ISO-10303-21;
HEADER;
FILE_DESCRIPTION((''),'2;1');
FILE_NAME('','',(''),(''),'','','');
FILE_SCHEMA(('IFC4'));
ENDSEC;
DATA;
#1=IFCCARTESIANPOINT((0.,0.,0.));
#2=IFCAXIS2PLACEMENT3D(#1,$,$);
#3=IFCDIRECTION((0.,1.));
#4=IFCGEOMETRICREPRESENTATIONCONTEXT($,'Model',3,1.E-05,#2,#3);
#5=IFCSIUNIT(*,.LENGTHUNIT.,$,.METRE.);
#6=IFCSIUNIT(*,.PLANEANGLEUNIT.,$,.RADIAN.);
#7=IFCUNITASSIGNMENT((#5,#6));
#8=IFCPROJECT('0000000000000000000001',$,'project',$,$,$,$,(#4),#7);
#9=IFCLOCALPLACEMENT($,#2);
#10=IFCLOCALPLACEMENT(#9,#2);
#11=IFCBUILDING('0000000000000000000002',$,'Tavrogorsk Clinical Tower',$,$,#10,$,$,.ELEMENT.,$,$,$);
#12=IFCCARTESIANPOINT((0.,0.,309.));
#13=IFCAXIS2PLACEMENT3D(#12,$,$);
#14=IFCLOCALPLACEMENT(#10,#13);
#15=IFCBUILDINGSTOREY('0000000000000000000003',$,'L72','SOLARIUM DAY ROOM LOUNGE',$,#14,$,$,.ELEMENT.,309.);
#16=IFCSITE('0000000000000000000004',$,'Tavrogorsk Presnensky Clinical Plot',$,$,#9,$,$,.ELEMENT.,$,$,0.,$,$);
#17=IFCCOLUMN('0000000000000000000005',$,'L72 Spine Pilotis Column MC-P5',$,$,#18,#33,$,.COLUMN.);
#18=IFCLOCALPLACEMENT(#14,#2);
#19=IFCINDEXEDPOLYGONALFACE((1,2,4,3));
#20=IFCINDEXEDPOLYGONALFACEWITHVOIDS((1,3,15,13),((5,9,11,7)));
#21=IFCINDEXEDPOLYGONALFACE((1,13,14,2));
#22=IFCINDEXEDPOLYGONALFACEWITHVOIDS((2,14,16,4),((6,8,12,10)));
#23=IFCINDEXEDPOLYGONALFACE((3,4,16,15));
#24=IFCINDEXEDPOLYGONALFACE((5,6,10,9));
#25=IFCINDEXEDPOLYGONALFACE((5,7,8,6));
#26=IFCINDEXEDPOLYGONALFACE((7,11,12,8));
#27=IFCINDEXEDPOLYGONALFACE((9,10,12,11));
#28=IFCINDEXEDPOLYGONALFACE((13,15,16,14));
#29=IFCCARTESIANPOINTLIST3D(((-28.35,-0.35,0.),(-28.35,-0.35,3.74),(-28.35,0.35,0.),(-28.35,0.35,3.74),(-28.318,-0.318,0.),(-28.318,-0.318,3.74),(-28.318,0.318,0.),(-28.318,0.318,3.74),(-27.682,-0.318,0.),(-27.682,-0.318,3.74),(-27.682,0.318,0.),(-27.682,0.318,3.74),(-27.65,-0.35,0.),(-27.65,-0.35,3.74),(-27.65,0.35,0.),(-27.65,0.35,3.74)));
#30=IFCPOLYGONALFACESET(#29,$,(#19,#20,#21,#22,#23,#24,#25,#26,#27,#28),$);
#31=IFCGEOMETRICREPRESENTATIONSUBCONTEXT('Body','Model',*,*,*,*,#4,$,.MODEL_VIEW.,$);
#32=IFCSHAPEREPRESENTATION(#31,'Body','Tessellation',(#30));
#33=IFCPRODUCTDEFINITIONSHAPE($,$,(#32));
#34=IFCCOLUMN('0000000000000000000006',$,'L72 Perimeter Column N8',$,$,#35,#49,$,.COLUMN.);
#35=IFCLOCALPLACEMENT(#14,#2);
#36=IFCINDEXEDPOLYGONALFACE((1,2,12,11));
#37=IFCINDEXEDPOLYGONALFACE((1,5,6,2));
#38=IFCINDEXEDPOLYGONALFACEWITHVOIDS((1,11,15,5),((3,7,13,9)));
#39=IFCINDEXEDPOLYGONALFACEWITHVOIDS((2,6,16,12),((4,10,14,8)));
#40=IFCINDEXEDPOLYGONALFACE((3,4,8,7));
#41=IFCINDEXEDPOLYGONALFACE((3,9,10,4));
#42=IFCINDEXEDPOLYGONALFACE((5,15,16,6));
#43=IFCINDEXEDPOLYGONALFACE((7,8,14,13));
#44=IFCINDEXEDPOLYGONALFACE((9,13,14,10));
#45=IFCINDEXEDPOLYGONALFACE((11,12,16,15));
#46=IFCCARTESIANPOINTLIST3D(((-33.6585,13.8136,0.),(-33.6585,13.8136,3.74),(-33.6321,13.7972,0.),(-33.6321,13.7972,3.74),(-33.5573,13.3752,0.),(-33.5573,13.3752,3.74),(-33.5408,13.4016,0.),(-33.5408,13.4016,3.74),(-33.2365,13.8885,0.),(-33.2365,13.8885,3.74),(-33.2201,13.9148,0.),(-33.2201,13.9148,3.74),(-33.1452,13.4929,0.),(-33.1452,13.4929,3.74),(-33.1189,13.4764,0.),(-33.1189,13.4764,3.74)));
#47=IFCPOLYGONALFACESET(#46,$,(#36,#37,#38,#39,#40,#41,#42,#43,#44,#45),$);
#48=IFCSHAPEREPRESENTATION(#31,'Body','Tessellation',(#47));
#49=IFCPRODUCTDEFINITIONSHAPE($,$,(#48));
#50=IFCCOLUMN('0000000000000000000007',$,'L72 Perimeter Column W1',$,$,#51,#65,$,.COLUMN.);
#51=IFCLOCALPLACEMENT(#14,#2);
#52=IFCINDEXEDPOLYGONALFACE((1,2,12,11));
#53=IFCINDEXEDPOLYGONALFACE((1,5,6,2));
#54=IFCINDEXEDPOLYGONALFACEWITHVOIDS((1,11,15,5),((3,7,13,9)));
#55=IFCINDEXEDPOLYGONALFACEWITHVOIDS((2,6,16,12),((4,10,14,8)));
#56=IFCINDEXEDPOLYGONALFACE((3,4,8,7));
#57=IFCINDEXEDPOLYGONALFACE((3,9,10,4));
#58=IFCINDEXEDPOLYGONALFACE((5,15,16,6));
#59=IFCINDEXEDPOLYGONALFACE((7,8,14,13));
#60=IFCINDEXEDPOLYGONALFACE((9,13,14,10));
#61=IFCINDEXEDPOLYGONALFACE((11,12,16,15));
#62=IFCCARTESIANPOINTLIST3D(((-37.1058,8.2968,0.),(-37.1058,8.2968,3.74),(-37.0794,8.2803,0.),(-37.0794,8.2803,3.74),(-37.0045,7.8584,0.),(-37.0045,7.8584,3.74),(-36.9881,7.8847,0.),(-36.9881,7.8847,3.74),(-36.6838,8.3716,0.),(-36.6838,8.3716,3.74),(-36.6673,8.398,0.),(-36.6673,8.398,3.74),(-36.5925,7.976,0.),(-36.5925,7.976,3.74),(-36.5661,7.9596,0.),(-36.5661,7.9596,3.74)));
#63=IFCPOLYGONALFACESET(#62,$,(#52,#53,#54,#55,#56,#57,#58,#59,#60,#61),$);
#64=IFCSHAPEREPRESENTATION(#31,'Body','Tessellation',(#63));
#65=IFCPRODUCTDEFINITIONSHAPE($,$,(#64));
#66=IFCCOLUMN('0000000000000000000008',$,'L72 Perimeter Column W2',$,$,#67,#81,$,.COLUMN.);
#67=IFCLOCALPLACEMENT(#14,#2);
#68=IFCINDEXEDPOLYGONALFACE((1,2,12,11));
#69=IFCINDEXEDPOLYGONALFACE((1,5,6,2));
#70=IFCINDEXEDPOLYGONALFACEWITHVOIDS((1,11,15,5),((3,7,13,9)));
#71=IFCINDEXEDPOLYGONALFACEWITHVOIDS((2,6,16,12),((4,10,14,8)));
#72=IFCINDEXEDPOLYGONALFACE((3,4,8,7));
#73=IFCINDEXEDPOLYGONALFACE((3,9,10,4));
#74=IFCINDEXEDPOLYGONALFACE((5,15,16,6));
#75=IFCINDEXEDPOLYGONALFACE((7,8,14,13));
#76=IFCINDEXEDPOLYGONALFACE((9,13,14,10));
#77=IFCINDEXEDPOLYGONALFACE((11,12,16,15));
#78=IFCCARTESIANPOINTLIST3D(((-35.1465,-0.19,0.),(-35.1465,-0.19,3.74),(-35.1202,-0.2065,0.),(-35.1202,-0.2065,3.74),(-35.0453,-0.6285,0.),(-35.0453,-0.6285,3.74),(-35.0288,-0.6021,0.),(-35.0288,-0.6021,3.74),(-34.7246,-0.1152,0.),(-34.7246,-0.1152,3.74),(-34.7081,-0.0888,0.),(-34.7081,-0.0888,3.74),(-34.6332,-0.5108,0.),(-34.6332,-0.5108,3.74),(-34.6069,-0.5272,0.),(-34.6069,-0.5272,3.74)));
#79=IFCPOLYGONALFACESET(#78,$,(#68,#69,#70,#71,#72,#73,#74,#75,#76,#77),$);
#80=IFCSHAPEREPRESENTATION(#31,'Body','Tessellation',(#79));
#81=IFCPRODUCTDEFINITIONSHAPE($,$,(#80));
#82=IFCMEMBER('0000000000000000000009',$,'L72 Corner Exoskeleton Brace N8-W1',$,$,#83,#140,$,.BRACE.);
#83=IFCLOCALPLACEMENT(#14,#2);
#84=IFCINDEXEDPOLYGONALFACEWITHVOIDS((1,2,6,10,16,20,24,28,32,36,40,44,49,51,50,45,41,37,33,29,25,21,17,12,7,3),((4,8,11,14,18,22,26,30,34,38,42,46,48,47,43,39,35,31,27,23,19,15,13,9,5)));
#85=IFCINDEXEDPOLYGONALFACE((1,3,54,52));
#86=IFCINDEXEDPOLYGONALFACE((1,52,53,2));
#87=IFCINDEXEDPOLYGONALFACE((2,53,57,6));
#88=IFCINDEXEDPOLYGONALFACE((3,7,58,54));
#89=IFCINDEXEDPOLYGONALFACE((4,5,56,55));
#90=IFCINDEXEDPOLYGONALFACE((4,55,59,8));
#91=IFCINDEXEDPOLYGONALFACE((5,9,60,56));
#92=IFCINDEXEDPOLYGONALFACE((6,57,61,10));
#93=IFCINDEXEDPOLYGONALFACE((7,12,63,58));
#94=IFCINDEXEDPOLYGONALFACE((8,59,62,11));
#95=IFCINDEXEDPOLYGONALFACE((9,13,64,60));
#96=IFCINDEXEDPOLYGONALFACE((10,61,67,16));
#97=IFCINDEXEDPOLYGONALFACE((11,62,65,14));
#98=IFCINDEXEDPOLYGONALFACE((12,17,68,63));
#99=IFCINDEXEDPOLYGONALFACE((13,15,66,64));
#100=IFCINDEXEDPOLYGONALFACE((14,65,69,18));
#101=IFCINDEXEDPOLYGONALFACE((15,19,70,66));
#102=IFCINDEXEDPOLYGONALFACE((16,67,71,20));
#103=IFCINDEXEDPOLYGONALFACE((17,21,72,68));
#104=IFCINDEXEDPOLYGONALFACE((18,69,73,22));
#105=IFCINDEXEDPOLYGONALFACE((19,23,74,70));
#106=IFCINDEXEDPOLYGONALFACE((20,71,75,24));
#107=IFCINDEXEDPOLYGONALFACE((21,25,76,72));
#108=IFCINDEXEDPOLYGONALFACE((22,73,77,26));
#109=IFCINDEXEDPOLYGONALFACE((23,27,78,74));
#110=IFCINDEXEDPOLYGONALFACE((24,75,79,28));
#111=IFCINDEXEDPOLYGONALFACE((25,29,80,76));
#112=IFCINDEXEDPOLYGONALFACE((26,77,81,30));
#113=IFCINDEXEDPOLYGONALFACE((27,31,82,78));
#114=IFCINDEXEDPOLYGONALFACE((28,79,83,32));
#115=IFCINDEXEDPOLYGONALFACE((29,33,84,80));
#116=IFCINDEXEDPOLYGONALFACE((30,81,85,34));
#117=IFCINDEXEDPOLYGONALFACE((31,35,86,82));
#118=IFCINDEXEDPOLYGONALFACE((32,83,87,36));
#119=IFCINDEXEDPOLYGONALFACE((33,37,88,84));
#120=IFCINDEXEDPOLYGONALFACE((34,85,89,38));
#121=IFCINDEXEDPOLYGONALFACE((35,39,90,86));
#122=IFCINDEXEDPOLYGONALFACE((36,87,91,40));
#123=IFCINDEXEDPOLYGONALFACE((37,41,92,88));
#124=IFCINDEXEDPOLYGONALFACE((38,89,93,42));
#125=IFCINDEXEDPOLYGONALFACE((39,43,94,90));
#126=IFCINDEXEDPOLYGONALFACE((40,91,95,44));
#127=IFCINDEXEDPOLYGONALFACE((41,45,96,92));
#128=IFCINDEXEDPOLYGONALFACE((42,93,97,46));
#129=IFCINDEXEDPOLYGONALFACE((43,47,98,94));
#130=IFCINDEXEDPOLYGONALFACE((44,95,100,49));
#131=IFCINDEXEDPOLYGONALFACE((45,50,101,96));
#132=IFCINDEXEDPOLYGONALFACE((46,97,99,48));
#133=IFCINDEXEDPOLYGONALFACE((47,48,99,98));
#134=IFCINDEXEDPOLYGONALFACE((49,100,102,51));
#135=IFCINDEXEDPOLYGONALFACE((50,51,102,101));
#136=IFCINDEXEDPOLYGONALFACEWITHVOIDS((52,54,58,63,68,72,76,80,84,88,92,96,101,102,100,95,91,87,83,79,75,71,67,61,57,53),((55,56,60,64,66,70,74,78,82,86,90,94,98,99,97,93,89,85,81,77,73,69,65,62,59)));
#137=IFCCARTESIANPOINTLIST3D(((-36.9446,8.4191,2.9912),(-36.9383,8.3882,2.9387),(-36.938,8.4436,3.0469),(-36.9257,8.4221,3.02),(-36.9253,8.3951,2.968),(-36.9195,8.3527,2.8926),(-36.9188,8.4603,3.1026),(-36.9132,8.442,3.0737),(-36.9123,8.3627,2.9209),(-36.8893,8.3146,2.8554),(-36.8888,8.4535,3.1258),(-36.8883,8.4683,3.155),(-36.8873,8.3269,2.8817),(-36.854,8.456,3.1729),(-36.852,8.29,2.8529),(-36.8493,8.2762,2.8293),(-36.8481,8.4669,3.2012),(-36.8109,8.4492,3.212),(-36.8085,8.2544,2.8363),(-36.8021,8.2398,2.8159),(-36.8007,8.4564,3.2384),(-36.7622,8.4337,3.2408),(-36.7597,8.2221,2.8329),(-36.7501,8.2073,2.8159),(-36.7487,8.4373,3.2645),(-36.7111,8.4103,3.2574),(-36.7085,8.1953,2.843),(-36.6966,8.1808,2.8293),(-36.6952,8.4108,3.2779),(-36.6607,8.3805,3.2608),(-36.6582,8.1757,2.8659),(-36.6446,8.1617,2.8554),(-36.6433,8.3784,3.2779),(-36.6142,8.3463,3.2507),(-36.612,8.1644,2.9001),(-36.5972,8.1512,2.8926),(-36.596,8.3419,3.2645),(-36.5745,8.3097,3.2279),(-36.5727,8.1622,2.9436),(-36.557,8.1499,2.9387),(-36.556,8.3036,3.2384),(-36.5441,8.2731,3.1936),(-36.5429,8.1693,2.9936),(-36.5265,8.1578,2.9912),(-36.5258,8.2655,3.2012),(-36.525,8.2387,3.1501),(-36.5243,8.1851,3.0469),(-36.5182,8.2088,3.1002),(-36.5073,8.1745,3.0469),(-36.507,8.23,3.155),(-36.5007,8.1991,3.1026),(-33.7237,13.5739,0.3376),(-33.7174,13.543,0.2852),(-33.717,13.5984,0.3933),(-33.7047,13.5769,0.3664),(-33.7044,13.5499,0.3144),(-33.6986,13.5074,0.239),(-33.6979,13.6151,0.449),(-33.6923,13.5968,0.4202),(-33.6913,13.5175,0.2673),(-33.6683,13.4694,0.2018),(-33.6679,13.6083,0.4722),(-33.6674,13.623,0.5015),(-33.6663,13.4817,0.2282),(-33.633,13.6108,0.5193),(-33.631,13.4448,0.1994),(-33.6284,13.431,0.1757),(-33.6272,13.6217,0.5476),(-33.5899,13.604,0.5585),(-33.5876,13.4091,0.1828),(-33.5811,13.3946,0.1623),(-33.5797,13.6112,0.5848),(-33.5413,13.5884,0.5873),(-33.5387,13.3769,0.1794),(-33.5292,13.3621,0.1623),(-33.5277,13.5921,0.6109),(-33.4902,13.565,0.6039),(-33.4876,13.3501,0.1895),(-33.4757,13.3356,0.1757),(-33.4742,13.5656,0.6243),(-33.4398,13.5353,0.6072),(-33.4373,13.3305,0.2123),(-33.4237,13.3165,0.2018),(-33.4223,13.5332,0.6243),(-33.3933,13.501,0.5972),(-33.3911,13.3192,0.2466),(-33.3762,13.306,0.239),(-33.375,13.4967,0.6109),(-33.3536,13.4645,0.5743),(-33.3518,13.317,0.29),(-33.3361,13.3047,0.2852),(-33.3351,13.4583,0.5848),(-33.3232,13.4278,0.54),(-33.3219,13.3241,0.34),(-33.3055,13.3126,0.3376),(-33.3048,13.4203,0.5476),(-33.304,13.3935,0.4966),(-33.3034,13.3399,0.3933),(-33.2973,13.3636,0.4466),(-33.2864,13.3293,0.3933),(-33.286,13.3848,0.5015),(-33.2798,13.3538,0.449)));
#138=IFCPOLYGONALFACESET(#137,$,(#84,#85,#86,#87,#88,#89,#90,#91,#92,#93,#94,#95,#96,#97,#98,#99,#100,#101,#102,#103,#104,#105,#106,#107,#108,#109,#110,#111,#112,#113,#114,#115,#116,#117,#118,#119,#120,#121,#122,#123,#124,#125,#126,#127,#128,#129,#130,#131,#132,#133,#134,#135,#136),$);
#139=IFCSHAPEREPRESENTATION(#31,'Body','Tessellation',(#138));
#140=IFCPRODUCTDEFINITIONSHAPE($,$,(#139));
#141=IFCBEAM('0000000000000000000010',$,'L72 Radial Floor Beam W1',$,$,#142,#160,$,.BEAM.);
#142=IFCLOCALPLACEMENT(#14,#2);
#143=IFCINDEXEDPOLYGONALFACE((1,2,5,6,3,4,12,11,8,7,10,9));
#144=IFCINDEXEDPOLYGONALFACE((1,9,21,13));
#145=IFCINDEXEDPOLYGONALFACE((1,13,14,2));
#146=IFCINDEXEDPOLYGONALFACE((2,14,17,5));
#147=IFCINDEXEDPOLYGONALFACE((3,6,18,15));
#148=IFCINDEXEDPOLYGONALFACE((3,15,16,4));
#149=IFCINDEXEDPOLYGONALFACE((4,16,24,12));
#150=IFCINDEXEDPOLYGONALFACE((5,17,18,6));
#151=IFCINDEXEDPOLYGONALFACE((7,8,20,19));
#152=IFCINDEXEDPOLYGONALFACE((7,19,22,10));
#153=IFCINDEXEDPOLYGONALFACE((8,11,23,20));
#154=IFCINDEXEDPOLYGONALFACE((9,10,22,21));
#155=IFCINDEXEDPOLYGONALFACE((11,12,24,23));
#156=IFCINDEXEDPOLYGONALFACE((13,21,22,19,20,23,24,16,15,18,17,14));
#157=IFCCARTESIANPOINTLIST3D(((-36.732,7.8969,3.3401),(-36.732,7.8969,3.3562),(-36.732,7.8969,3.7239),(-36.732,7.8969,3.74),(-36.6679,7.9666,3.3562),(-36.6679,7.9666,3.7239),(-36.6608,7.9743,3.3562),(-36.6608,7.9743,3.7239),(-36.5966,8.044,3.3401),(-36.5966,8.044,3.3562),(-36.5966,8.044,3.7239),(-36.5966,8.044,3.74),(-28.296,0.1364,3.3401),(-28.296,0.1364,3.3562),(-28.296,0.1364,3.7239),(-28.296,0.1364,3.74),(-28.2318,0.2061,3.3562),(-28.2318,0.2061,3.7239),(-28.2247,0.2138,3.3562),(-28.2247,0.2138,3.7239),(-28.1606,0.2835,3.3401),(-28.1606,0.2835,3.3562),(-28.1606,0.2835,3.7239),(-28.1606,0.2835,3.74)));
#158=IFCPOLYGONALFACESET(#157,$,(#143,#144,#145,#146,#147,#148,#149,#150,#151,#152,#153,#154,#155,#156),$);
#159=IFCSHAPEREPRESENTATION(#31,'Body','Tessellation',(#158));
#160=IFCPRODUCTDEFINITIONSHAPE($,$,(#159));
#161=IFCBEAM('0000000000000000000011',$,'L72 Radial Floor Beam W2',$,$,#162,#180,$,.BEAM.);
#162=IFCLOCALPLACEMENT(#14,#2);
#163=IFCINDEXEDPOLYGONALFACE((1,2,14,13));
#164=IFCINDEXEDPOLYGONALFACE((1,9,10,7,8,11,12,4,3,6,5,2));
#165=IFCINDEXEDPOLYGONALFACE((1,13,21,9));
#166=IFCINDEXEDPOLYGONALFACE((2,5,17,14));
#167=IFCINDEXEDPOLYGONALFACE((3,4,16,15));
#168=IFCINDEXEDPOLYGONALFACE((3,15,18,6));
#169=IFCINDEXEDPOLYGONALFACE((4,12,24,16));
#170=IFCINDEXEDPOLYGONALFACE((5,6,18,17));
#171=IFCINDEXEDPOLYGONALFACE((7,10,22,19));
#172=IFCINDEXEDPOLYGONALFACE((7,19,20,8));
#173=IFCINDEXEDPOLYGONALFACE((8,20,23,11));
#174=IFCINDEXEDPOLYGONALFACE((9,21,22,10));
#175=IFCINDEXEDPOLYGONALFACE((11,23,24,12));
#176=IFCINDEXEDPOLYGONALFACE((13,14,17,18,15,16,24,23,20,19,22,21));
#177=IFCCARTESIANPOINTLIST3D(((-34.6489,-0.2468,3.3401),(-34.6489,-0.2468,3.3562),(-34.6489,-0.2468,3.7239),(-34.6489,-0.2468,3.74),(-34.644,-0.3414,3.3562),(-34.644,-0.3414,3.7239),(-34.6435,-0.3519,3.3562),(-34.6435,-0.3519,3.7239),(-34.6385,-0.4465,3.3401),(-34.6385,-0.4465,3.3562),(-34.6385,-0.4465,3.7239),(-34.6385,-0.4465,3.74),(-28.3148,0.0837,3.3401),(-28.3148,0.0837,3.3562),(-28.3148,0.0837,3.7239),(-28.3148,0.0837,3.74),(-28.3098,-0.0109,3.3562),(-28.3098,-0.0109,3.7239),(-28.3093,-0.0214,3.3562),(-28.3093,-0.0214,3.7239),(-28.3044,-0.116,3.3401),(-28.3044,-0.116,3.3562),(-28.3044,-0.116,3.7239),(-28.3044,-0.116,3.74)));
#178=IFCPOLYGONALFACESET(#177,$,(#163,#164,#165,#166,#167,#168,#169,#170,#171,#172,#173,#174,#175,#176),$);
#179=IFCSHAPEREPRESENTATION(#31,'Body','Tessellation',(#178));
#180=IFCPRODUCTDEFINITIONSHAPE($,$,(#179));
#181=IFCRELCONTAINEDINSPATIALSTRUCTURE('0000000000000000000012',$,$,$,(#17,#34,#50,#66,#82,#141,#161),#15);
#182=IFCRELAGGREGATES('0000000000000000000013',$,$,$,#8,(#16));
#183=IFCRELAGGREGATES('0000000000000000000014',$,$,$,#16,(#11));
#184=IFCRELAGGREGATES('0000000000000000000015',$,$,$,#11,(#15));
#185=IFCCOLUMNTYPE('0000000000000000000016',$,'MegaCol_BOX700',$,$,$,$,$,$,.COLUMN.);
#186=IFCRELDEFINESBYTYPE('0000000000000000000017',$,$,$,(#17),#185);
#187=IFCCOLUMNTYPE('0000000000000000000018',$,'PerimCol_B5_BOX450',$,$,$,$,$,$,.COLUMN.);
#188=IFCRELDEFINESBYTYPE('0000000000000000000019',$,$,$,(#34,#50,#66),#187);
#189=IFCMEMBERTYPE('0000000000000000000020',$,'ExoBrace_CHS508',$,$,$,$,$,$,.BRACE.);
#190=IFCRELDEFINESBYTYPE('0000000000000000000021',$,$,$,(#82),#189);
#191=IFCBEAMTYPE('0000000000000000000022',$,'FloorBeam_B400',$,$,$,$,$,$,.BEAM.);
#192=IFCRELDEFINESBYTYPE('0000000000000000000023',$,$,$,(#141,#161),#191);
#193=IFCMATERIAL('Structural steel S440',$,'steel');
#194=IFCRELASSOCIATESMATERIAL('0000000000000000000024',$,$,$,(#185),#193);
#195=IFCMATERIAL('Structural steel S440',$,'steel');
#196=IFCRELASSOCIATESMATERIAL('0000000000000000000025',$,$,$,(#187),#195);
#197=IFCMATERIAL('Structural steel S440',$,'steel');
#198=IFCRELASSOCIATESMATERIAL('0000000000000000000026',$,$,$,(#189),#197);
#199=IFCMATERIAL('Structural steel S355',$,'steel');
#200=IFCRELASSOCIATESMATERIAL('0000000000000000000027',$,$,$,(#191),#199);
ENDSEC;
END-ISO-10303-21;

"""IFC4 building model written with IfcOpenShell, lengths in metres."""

from ifc_helpers import new_model, si_unit, direction, frame, origin, origin_2d, place, context, subcontext, project, spatial, hollow_rectangle, hollow_circle, i_section, extrude, material, material_profile, profile_set, type_object, element, save


model = new_model("IFC4")

# Units and contexts
model_context = context("Model", 3, precision=1e-05, world=origin(), true_north=direction((0.0, 1.0)))
body_context = subcontext(model_context, "Body", "Model", "MODEL_VIEW")
ifc_project = project(units=[si_unit("LENGTHUNIT", "METRE"), si_unit("PLANEANGLEUNIT", "RADIAN")], contexts=[model_context])

# Site, building, storey
site_placement = place(None, origin())
site = spatial("IfcSite", under=ifc_project, at=site_placement, Name="Tavrogorsk Presnensky Clinical Plot", CompositionType="ELEMENT", RefElevation=0.0)
building_placement = place(site_placement, origin())
building = spatial("IfcBuilding", under=site, at=building_placement, Name="Tavrogorsk Clinical Tower", CompositionType="ELEMENT")
storey_placement = place(building_placement, frame((0.0, 0.0, 309.0)))
storey = spatial("IfcBuildingStorey", under=building, at=storey_placement, Name="L72", Description="SOLARIUM DAY ROOM LOUNGE", CompositionType="ELEMENT", Elevation=309.0)

# Columns
ifc_material_1 = material(Name="Structural steel S440", Category="steel")
ifc_material_profile_1 = material_profile(ifc_material_1, hollow_rectangle(XDim=0.7, YDim=0.7, WallThickness=0.032, at=origin_2d()), Name="BOX-700x700x32")
ifc_profile_set_1 = profile_set([ifc_material_profile_1], Name="Structural steel S440")
column_type_1 = type_object("IfcColumnType", Name="MegaCol_BOX700", PredefinedType="COLUMN", material=ifc_profile_set_1)
column_placement = place(storey_placement, frame((-28.0, 0.0, 0.0), z_axis=(0.0, 0.0, 1.0), x_axis=(1.0, 0.0, 0.0)))
element("IfcColumn", 1, at=column_placement, inside=storey, type_object=column_type_1, Name="L72 Spine Pilotis Column MC-P5", PredefinedType="COLUMN", context=body_context, shape_type="SweptSolid", body=[
    extrude(hollow_rectangle(XDim=0.7, YDim=0.7, WallThickness=0.032, at=origin_2d()), origin(), (0.0, 0.0, 1.0), 3.74),
])
ifc_material_2 = material(Name="Structural steel S440", Category="steel")
ifc_material_profile_2 = material_profile(ifc_material_2, hollow_rectangle(XDim=0.45, YDim=0.45, WallThickness=0.022, at=origin_2d()), Name="BOX-450x450x22")
ifc_profile_set_2 = profile_set([ifc_material_profile_2], Name="Structural steel S440")
column_type_2 = type_object("IfcColumnType", Name="PerimCol_B5_BOX450", PredefinedType="COLUMN", material=ifc_profile_set_2)
for number, where, z_axis, x_axis, name in (
    (2, (-33.3887, 13.645, 0.0), (0.0, 0.0, 1.0), (0.97437, 0.224951, 0.0), "L72 Perimeter Column N8"),
    (3, (-36.8359, 8.1282, 0.0), (0.0, 0.0, 1.0), (0.97437, 0.224951, 0.0), "L72 Perimeter Column W1"),
    (4, (-34.8767, -0.3586, 0.0), (0.0, 0.0, 1.0), (0.97437, 0.224951, 0.0), "L72 Perimeter Column W2"),
):
    element("IfcColumn", number, at=place(storey_placement, frame(where, z_axis=z_axis, x_axis=x_axis)), inside=storey, type_object=column_type_2, Name=name, PredefinedType="COLUMN", context=body_context, shape_type="SweptSolid", body=[
        extrude(hollow_rectangle(XDim=0.45, YDim=0.45, WallThickness=0.022, at=origin_2d()), origin(), (0.0, 0.0, 1.0), 3.74),
    ])

# Member
ifc_material_3 = material(Name="Structural steel S440", Category="steel")
ifc_material_profile_3 = material_profile(ifc_material_3, hollow_circle(Radius=0.2539, WallThickness=0.02, at=origin_2d()), Name="CHS-508x20")
ifc_profile_set_3 = profile_set([ifc_material_profile_3], Name="Structural steel S440")
member_type = type_object("IfcMemberType", Name="ExoBrace_CHS508", PredefinedType="BRACE", material=ifc_profile_set_3)
member_placement = place(storey_placement, frame((-33.5017, 13.4639, 0.3933), z_axis=(-0.485644, -0.777222, 0.400096), x_axis=(0.848057, -0.529905, 0.0)))
element("IfcMember", 5, at=member_placement, inside=storey, type_object=member_type, Name="L72 Corner Exoskeleton Brace N8-W1", PredefinedType="BRACE", context=body_context, shape_type="SweptSolid", body=[
    extrude(hollow_circle(Radius=0.2539, WallThickness=0.02, at=origin_2d()), origin(), (0.0, 0.0, 1.0), 6.6323),
])

# Beams
ifc_material_4 = material(Name="Structural steel S355", Category="steel")
ifc_material_profile_4 = material_profile(ifc_material_4, i_section(OverallWidth=0.2, OverallDepth=0.3999, WebThickness=0.0105, FlangeThickness=0.0161, at=origin_2d()), Name="B-400x200x10.5x16")
ifc_profile_set_4 = profile_set([ifc_material_profile_4], Name="Structural steel S355")
beam_type_1 = type_object("IfcBeamType", Name="FloorBeam_B400", PredefinedType="BEAM", material=ifc_profile_set_4)
beam_1_placement = place(storey_placement, frame((-28.2283, 0.21, 3.54), z_axis=(-0.735959, 0.677026, 0.0), x_axis=(-0.677026, -0.735959, 0.0)))
element("IfcBeam", 6, at=beam_1_placement, inside=storey, type_object=beam_type_1, Name="L72 Radial Floor Beam W1", PredefinedType="BEAM", context=body_context, shape_type="SweptSolid", body=[
    extrude(i_section(OverallWidth=0.2, OverallDepth=0.3999, WebThickness=0.0105, FlangeThickness=0.0161, at=origin_2d()), origin(), (0.0, 0.0, 1.0), 11.4626),
])
beam_2_placement = place(storey_placement, frame((-28.3096, -0.0161, 3.54), z_axis=(-0.998641, -0.052116, 0.0), x_axis=(0.052116, -0.998641, 0.0)))
element("IfcBeam", 7, at=beam_2_placement, inside=storey, type_object=beam_type_1, Name="L72 Radial Floor Beam W2", PredefinedType="BEAM", context=body_context, shape_type="SweptSolid", body=[
    extrude(i_section(OverallWidth=0.2, OverallDepth=0.3999, WebThickness=0.0105, FlangeThickness=0.0161, at=origin_2d()), origin(), (0.0, 0.0, 1.0), 6.3428),
])

save(model, "model.ifc")
